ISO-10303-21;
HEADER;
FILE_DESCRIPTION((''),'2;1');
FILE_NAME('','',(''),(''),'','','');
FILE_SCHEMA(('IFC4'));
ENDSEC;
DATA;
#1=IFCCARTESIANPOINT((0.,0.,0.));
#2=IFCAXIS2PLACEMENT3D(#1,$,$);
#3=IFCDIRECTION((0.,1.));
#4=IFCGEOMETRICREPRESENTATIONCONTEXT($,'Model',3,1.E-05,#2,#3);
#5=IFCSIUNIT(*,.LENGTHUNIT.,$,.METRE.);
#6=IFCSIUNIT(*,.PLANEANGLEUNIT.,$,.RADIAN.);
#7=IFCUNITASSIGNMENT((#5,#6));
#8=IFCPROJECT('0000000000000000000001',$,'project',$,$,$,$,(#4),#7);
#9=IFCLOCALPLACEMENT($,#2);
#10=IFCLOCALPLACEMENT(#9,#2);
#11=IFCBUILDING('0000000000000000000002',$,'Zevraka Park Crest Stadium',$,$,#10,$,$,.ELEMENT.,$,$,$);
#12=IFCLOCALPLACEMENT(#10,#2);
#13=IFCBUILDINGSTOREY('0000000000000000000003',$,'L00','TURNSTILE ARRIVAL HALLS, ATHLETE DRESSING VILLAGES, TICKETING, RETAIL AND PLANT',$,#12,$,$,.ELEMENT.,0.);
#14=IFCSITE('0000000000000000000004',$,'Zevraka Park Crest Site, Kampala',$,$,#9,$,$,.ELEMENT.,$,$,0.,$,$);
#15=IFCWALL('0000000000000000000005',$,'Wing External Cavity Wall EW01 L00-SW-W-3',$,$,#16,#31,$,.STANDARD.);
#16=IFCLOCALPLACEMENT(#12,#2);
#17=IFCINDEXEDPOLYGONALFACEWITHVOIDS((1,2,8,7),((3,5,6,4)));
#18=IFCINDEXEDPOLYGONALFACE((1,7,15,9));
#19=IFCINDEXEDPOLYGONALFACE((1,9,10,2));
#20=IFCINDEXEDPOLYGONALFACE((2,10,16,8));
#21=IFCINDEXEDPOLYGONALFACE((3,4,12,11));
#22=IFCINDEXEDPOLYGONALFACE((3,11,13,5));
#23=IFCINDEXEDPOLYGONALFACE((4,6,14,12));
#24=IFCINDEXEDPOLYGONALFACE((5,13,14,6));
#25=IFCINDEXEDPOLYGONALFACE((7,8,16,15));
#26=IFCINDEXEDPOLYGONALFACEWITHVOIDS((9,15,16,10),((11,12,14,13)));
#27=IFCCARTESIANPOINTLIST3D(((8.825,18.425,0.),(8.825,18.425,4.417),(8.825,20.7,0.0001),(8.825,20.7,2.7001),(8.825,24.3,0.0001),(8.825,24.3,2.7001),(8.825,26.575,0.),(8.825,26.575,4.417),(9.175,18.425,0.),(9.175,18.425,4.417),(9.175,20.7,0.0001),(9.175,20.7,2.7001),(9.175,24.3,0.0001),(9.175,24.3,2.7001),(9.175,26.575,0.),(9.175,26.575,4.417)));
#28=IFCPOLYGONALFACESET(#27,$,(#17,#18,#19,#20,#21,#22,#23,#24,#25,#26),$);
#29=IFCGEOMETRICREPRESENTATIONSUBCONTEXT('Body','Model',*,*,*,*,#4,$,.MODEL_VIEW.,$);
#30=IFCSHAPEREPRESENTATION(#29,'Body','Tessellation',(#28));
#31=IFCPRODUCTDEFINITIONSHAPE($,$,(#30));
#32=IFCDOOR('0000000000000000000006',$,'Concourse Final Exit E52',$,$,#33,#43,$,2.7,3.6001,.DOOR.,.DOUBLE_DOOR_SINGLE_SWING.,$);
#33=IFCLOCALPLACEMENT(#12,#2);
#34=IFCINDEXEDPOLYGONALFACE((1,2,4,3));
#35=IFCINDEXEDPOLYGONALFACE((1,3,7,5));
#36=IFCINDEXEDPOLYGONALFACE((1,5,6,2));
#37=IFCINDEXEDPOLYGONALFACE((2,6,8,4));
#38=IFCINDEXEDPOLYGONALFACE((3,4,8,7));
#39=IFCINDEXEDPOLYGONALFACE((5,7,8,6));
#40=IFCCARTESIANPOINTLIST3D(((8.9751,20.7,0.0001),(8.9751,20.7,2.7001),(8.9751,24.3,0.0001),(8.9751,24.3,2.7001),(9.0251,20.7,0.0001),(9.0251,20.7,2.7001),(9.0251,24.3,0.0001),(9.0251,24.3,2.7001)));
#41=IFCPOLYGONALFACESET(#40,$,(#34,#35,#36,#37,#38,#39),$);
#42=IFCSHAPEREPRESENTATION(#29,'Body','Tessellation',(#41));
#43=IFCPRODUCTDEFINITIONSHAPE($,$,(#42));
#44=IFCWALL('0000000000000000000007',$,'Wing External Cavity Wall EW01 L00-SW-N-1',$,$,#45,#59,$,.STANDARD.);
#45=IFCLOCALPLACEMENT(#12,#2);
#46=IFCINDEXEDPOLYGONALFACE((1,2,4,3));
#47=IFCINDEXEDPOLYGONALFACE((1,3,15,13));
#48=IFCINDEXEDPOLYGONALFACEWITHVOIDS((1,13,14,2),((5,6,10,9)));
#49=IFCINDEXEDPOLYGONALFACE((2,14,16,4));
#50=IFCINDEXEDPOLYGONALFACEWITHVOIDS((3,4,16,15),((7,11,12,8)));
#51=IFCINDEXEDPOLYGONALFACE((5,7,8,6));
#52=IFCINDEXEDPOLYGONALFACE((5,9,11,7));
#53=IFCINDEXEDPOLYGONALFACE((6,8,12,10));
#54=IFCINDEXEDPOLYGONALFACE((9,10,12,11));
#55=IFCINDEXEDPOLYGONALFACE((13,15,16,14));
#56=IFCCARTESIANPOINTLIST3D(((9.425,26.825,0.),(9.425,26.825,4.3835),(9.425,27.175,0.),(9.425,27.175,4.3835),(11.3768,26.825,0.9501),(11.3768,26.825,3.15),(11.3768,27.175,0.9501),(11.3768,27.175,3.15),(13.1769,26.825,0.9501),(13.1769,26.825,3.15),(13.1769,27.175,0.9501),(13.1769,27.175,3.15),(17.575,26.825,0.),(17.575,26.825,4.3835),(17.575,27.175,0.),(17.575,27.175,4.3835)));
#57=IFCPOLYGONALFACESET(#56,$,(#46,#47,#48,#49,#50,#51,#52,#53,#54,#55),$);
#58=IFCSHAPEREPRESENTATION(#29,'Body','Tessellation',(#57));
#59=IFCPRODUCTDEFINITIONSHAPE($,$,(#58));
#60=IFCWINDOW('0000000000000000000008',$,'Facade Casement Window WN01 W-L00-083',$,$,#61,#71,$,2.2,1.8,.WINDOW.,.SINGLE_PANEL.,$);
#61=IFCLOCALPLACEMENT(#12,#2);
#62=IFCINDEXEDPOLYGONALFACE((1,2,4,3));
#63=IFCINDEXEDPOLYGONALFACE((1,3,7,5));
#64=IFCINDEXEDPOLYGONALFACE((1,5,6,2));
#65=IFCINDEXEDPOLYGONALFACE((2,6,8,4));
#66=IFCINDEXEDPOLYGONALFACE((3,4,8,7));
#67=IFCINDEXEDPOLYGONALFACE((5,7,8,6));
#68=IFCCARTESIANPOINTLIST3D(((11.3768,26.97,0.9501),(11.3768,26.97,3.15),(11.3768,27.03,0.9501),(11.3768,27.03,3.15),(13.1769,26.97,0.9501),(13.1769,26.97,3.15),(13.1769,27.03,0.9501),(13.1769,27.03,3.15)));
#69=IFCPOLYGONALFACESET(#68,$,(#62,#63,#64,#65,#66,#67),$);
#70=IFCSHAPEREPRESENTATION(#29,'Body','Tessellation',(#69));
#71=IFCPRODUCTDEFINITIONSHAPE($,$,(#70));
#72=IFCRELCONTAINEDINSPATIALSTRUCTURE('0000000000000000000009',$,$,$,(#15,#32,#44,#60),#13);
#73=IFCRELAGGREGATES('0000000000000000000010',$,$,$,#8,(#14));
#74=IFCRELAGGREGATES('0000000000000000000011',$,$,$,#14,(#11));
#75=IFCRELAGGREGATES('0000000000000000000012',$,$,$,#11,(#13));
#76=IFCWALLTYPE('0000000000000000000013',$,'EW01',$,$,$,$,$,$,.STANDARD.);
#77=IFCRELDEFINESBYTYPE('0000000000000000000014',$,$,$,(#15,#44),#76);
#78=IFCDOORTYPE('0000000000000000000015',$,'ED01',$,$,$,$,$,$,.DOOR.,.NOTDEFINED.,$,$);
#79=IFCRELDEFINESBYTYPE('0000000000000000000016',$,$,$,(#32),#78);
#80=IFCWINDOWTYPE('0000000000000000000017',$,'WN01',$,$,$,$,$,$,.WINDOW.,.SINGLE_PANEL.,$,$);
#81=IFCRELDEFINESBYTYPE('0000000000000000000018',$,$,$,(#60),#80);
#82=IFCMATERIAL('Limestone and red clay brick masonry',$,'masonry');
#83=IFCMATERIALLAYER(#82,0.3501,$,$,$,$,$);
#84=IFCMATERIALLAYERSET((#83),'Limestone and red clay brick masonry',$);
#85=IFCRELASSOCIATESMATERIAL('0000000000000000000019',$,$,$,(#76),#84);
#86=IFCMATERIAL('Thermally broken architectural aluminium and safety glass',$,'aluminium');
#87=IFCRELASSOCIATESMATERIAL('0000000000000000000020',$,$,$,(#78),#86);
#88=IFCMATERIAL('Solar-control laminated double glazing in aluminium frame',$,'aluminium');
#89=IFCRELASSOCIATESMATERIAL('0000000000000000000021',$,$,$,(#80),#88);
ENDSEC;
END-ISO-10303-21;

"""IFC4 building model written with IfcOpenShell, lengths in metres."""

from ifc_helpers import new_model, si_unit, direction, frame, frame_2d, origin, place, context, subcontext, project, spatial, rectangle, extrude, material, layer, layer_set, type_object, element, fill, save


model = new_model("IFC4")

# Units and contexts
model_context = context("Model", 3, precision=1e-05, world=origin(), true_north=direction((0.0, 1.0)))
body_context = subcontext(model_context, "Body", "Model", "MODEL_VIEW")
ifc_project = project(units=[si_unit("LENGTHUNIT", "METRE"), si_unit("PLANEANGLEUNIT", "RADIAN")], contexts=[model_context])

# Site, building, storey
site_placement = place(None, origin())
site = spatial("IfcSite", under=ifc_project, at=site_placement, Name="Zevraka Park Crest Site, Kampala", CompositionType="ELEMENT", RefElevation=0.0)
building_placement = place(site_placement, origin())
building = spatial("IfcBuilding", under=site, at=building_placement, Name="Zevraka Park Crest Stadium", CompositionType="ELEMENT")
storey_placement = place(building_placement, origin())
storey = spatial("IfcBuildingStorey", under=building, at=storey_placement, Name="L00", Description="TURNSTILE ARRIVAL HALLS, ATHLETE DRESSING VILLAGES, TICKETING, RETAIL AND PLANT", CompositionType="ELEMENT", Elevation=0.0)

# Wall, opening, door
ifc_material_1 = material(Name="Limestone and red clay brick masonry", Category="masonry")
ifc_layer = layer(ifc_material_1, 0.3501)
ifc_layer_set = layer_set([ifc_layer], Name="Limestone and red clay brick masonry")
wall_type = type_object("IfcWallType", Name="EW01", PredefinedType="STANDARD", material=ifc_layer_set)
ifc_material_2 = material(Name="Thermally broken architectural aluminium and safety glass", Category="aluminium")
door_type = type_object("IfcDoorType", Name="ED01", OperationType="NOTDEFINED", PredefinedType="DOOR", material=ifc_material_2)
wall_1_placement = place(storey_placement, frame((9.0, 18.425, 0.0), z_axis=(0.0, 0.0, 1.0), x_axis=(0.0, 1.0, 0.0)))
wall_1 = element("IfcWall", 1, at=wall_1_placement, inside=storey, type_object=wall_type, Name="Wing External Cavity Wall EW01 L00-SW-W-3", PredefinedType="STANDARD", context=body_context, shape_type="SweptSolid", body=[
    extrude(rectangle(XDim=8.1499, YDim=0.3501, at=frame_2d((4.075, 0.0))), origin(), (0.0, 0.0, 1.0), 4.417),
])
opening_1_placement = place(wall_1_placement, frame((2.2749, 0.0, 0.0)))
opening_1 = element("IfcOpeningElement", 2, at=opening_1_placement, cuts=wall_1, PredefinedType="OPENING", context=body_context, shape_type="SweptSolid", body=[
    extrude(rectangle(XDim=3.6001, YDim=2.7, at=frame_2d((1.8, 1.3501))), frame((0.0, 0.1851, 0.0), z_axis=(0.0, -1.0, 0.0), x_axis=(1.0, 0.0, 0.0)), (0.0, 0.0, 1.0), 0.3701),
])
door_1_placement = place(opening_1_placement, origin())
door_1 = element("IfcDoor", 3, at=door_1_placement, inside=storey, type_object=door_type, Name="Concourse Final Exit E52", OperationType="DOUBLE_DOOR_SINGLE_SWING", OverallHeight=2.7, OverallWidth=3.6001, PredefinedType="DOOR", context=body_context, shape_type="SweptSolid", body=[
    extrude(rectangle(XDim=3.6001, YDim=2.7, at=frame_2d((1.8, 1.3501))), frame((0.0, 0.0249, 0.0), z_axis=(0.0, -1.0, 0.0), x_axis=(1.0, 0.0, 0.0)), (0.0, 0.0, 1.0), 0.05),
])
fill(opening_1, door_1)

# Wall, opening, window
wall_2_placement = place(storey_placement, frame((9.425, 27.0, 0.0), z_axis=(0.0, 0.0, 1.0), x_axis=(1.0, 0.0, 0.0)))
wall_2 = element("IfcWall", 4, at=wall_2_placement, inside=storey, type_object=wall_type, Name="Wing External Cavity Wall EW01 L00-SW-N-1", PredefinedType="STANDARD", context=body_context, shape_type="SweptSolid", body=[
    extrude(rectangle(XDim=8.1499, YDim=0.3501, at=frame_2d((4.075, 0.0))), origin(), (0.0, 0.0, 1.0), 4.3835),
])
opening_2_placement = place(wall_2_placement, frame((1.9519, 0.0, 0.95)))
opening_2 = element("IfcOpeningElement", 5, at=opening_2_placement, cuts=wall_2, PredefinedType="OPENING", context=body_context, shape_type="SweptSolid", body=[
    extrude(rectangle(XDim=1.8, YDim=2.2, at=frame_2d((0.8999, 1.1001))), frame((0.0, 0.1851, 0.0), z_axis=(0.0, -1.0, 0.0), x_axis=(1.0, 0.0, 0.0)), (0.0, 0.0, 1.0), 0.3701),
])
ifc_material_3 = material(Name="Solar-control laminated double glazing in aluminium frame", Category="aluminium")
window_type = type_object("IfcWindowType", Name="WN01", PartitioningType="SINGLE_PANEL", PredefinedType="WINDOW", material=ifc_material_3)
window_placement = place(opening_2_placement, origin())
window = element("IfcWindow", 6, at=window_placement, inside=storey, type_object=window_type, Name="Facade Casement Window WN01 W-L00-083", OverallHeight=2.2, OverallWidth=1.8, PartitioningType="SINGLE_PANEL", PredefinedType="WINDOW", context=body_context, shape_type="SweptSolid", body=[
    extrude(rectangle(XDim=1.8, YDim=2.2, at=frame_2d((0.8999, 1.1001))), frame((0.0, 0.03, 0.0), z_axis=(0.0, -1.0, 0.0), x_axis=(1.0, 0.0, 0.0)), (0.0, 0.0, 1.0), 0.0601),
])
fill(opening_2, window)

save(model, "model.ifc")
